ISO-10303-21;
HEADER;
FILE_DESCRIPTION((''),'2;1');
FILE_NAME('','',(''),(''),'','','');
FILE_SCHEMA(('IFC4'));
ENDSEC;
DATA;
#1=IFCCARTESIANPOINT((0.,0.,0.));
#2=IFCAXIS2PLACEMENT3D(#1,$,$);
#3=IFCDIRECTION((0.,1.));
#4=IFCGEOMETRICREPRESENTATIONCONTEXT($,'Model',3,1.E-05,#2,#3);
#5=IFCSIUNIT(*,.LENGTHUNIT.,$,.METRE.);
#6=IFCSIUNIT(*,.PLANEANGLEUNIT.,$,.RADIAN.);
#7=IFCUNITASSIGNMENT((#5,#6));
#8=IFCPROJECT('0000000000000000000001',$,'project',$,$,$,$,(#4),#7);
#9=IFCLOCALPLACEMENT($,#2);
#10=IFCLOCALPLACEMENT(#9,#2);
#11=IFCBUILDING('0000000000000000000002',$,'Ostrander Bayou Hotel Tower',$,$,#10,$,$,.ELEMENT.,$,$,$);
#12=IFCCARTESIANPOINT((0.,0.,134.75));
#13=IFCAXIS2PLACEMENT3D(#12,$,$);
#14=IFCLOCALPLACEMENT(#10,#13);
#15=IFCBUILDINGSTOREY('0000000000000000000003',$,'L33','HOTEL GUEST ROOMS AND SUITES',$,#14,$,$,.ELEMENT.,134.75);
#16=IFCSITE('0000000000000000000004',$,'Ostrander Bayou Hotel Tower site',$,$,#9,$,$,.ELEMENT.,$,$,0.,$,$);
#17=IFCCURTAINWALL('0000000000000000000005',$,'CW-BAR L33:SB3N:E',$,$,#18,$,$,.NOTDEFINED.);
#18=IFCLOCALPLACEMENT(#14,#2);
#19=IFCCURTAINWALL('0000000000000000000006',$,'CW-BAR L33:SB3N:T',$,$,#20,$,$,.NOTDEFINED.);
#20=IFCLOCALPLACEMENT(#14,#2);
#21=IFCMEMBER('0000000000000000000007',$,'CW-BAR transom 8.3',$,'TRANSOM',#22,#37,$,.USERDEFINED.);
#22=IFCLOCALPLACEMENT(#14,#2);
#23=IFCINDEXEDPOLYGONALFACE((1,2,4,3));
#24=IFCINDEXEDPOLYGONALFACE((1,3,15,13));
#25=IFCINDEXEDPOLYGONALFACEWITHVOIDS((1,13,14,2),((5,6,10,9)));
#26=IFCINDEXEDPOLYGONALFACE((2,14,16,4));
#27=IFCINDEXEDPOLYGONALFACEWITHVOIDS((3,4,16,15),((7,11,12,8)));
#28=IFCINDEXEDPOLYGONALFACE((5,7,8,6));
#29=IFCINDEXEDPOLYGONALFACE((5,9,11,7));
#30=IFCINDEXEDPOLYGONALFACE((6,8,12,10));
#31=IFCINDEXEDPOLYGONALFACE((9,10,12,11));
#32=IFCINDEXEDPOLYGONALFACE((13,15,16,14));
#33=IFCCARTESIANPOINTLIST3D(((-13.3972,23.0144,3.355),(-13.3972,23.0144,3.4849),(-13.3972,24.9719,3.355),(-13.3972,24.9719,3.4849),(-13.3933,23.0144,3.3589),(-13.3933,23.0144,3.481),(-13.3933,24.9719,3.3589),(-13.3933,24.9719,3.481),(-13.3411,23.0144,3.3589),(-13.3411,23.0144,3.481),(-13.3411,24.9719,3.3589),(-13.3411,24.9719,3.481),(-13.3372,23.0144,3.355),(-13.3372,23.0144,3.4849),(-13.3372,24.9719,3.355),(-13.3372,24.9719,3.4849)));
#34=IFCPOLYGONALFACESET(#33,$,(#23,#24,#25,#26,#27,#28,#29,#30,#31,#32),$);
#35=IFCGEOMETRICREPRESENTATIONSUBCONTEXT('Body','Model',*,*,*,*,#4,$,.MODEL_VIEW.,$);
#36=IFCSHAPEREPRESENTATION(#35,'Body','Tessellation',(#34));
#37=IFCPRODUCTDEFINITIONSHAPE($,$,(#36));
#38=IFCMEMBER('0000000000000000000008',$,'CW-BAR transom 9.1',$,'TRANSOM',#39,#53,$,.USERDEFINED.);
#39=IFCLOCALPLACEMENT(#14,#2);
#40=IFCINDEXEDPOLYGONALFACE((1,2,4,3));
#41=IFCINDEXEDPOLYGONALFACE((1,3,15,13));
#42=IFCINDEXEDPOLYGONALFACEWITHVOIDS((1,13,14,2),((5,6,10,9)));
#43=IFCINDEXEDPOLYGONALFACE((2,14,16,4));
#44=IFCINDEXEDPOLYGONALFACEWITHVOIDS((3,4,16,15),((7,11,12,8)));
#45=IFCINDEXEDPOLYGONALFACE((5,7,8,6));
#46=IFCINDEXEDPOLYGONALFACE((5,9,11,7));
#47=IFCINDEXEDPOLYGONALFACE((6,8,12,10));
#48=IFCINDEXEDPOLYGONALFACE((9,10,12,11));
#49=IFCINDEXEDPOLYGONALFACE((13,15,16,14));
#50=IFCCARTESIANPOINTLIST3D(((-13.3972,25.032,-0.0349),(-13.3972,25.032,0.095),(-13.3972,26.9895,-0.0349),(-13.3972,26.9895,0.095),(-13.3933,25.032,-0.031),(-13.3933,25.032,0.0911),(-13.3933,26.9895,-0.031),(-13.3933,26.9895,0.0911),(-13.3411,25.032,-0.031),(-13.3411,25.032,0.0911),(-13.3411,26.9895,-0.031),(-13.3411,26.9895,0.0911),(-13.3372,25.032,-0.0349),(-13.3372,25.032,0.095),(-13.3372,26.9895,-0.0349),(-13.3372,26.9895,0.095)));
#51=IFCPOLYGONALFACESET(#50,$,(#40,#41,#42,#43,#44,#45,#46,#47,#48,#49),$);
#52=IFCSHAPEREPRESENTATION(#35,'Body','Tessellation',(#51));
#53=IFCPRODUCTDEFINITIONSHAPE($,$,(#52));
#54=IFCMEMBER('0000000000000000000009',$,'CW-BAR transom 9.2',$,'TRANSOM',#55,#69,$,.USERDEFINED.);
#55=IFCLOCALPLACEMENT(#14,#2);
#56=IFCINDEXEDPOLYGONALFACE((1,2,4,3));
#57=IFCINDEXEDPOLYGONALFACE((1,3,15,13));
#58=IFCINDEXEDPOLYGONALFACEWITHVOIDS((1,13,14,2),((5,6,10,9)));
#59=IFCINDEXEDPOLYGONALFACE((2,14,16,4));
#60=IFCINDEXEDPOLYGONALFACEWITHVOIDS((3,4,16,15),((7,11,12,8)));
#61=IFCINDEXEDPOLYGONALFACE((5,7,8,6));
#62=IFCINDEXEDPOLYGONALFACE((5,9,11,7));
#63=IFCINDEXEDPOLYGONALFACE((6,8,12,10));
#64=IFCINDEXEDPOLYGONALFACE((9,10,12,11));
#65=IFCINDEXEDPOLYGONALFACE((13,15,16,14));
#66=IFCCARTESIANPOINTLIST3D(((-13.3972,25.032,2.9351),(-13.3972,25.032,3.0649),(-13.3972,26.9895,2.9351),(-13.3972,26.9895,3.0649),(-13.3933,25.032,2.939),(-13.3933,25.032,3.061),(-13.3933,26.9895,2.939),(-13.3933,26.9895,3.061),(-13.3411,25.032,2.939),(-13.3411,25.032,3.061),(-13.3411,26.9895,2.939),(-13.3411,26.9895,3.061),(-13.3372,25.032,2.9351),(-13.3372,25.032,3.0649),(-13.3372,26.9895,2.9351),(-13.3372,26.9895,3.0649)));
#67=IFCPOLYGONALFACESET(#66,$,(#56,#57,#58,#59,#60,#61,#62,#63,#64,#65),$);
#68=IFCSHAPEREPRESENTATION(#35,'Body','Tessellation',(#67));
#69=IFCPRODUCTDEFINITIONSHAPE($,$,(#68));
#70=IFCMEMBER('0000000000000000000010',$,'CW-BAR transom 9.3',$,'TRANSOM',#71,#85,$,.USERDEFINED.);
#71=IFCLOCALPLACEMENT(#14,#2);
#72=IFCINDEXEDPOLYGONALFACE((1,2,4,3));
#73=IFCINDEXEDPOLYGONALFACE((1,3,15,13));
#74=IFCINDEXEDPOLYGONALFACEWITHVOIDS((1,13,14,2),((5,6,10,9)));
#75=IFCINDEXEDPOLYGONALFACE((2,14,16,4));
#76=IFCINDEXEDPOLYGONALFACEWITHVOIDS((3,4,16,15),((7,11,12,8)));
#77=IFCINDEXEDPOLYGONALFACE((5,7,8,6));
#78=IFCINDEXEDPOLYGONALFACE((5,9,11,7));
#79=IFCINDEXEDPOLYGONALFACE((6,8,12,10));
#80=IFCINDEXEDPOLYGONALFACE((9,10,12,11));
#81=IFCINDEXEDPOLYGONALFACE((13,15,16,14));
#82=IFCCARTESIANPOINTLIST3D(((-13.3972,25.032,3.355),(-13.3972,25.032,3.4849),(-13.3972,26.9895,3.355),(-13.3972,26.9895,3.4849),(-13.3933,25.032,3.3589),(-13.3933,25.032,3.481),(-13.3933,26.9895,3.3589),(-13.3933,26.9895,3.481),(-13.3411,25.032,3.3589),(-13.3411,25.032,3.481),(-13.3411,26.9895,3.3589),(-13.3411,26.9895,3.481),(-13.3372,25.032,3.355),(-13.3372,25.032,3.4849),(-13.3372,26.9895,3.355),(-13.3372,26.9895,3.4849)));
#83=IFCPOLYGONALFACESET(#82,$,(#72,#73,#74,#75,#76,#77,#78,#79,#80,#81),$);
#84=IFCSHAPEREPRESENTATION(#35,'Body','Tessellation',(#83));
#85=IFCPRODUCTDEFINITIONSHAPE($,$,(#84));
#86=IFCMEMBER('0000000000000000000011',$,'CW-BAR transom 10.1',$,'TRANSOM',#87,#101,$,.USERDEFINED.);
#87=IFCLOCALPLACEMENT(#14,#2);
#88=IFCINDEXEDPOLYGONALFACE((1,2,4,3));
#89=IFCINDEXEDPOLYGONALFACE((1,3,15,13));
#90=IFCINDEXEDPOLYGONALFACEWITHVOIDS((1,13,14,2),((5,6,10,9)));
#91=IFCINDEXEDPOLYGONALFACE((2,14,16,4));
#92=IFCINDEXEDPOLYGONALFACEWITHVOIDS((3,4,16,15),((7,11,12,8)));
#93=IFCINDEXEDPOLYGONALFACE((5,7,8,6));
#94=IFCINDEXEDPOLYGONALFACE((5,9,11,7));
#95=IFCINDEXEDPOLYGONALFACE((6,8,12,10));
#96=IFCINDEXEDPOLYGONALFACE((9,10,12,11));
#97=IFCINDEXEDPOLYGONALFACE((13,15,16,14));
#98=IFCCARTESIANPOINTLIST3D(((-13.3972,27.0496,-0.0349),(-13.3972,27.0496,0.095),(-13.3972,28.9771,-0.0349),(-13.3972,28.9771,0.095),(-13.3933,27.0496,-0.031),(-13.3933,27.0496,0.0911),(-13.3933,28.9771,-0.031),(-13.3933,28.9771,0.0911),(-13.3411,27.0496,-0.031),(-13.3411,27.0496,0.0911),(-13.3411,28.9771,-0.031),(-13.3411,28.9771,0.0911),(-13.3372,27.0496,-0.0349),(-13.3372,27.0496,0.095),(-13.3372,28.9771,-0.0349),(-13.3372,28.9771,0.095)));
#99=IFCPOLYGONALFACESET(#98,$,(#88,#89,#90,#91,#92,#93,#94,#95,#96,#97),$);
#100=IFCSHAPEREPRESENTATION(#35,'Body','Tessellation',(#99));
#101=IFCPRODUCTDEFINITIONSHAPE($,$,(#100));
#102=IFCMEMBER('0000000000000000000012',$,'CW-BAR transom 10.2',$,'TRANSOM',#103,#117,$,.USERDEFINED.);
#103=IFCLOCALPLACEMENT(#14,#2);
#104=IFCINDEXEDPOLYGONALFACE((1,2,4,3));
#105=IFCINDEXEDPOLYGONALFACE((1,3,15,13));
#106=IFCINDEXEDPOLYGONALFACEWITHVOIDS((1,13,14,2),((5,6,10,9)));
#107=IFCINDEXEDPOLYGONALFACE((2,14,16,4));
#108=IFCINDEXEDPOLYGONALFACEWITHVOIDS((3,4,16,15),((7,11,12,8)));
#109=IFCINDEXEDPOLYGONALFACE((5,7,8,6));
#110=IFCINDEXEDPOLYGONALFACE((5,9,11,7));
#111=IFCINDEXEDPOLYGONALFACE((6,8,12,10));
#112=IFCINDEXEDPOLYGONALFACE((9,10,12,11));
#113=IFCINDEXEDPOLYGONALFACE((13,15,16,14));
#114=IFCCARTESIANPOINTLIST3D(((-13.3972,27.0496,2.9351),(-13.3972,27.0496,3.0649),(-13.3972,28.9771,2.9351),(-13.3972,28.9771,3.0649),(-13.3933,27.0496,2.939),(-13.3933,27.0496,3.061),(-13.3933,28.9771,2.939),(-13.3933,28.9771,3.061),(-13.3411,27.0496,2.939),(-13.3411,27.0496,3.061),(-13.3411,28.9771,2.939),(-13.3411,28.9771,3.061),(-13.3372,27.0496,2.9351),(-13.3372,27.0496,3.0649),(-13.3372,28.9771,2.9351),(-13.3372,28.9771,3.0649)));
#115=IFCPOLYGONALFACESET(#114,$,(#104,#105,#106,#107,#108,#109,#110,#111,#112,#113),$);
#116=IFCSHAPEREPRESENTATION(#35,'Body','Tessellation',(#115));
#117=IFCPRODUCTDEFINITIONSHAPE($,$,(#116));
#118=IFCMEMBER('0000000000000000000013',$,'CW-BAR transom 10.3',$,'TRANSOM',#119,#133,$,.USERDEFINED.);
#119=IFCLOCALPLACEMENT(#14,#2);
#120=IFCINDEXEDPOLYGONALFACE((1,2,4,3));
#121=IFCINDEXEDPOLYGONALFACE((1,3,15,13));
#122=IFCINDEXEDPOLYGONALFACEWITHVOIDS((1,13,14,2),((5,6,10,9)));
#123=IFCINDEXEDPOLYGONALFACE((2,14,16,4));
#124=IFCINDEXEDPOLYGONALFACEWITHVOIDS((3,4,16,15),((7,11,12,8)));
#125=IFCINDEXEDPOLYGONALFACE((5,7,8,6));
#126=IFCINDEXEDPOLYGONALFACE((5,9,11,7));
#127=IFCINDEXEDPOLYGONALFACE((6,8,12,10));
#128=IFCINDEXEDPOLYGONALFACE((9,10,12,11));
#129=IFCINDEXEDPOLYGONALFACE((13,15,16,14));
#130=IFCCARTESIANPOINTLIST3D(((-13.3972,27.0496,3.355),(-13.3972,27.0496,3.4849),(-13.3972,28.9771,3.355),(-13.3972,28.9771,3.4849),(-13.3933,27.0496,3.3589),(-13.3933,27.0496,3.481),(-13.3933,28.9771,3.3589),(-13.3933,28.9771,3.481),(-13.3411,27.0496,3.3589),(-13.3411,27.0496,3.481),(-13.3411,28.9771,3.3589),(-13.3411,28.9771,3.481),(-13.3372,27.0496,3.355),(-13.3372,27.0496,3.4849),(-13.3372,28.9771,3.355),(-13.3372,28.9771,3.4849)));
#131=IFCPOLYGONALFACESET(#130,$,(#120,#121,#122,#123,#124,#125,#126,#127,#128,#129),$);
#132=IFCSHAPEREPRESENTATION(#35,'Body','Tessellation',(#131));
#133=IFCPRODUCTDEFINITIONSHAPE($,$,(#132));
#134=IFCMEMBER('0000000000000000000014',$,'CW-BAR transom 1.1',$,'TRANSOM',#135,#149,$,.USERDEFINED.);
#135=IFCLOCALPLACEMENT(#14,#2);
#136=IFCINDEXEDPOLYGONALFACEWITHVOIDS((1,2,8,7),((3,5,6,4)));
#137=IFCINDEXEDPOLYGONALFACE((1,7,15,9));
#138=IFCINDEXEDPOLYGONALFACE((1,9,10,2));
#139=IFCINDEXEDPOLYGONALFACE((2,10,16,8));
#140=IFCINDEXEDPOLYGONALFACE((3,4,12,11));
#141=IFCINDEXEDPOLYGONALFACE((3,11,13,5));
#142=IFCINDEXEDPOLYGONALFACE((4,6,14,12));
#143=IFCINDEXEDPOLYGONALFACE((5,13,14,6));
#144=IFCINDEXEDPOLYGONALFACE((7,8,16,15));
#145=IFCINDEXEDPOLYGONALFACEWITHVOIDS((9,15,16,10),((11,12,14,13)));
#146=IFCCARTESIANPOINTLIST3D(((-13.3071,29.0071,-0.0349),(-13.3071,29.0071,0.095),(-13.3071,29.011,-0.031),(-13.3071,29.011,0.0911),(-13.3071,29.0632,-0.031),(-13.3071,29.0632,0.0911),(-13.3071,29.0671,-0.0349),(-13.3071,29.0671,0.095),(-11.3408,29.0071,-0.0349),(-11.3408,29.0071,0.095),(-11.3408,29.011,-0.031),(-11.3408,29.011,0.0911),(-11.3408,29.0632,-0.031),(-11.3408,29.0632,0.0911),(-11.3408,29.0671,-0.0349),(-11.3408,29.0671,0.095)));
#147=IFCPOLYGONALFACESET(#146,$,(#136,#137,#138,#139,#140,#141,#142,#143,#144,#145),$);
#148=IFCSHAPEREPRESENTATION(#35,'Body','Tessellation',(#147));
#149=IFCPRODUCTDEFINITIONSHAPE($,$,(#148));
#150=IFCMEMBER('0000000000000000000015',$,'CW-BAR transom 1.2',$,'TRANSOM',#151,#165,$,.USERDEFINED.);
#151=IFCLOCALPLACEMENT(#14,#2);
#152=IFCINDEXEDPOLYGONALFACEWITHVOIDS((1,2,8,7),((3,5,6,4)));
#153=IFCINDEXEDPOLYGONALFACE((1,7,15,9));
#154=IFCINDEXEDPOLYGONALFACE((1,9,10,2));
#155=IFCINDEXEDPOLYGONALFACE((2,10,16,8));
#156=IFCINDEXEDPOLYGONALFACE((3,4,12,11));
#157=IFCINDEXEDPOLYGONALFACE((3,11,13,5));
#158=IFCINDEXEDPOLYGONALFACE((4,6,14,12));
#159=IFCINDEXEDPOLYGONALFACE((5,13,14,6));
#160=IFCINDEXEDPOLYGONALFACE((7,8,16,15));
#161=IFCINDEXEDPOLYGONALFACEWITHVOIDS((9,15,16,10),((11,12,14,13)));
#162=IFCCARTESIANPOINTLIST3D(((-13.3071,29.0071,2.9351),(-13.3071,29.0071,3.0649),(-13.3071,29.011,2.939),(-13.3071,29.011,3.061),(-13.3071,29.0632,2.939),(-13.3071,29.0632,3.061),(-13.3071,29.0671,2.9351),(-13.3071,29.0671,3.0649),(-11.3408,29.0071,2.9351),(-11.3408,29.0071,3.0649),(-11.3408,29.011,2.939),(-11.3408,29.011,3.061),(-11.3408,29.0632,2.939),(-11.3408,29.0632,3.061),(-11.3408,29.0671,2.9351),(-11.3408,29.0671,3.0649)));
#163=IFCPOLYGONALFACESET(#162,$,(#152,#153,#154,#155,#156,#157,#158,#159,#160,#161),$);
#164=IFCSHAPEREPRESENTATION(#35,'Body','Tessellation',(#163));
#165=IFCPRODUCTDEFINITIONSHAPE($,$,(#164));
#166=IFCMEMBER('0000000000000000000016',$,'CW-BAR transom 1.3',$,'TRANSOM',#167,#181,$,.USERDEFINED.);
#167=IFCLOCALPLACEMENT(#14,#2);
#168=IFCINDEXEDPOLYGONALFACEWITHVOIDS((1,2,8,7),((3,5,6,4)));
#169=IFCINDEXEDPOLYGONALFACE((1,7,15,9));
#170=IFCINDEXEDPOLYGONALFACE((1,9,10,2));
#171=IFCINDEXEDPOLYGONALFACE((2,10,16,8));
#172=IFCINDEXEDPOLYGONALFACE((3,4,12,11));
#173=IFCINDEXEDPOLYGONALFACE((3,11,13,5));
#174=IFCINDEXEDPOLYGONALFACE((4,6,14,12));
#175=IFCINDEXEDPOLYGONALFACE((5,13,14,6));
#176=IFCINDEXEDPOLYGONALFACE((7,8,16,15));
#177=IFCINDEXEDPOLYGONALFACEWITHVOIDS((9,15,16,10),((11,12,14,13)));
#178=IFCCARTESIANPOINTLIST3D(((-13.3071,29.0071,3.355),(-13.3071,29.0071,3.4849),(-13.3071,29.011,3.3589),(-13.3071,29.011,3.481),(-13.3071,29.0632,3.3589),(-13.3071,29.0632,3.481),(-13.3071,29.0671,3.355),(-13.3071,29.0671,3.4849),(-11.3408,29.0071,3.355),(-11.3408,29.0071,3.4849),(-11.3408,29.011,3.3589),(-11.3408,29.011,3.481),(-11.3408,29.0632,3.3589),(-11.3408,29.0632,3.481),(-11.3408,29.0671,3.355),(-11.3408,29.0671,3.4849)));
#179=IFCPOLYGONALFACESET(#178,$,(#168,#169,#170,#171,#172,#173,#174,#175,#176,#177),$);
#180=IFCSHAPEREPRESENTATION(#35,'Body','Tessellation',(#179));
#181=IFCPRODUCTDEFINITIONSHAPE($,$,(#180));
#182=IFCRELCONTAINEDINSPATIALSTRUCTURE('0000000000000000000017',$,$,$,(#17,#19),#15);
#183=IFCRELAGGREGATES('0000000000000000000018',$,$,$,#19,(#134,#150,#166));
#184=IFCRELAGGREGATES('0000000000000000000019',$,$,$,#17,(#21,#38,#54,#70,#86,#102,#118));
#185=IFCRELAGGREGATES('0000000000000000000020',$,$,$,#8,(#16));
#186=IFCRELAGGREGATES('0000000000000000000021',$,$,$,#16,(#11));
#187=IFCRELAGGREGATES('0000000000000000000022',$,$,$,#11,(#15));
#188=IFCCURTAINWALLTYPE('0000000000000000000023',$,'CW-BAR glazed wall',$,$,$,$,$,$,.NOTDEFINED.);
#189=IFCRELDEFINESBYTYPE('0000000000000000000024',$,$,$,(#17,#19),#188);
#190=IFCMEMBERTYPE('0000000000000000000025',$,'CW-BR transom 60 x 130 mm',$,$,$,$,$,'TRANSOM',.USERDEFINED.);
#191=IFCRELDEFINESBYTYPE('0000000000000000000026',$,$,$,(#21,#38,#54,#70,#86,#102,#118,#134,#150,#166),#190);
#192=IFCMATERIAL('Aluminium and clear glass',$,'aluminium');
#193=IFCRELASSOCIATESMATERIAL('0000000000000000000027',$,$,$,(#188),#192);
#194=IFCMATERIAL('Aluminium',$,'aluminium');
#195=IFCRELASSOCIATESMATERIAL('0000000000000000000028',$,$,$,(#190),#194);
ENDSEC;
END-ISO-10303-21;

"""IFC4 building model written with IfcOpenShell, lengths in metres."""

from ifc_helpers import new_model, si_unit, direction, frame, origin, origin_2d, place, context, subcontext, project, spatial, hollow_rectangle, extrude, material, material_profile, profile_set, type_object, element, aggregate, save


model = new_model("IFC4")

# Units and contexts
model_context = context("Model", 3, precision=1e-05, world=origin(), true_north=direction((0.0, 1.0)))
body_context = subcontext(model_context, "Body", "Model", "MODEL_VIEW")
ifc_project = project(units=[si_unit("LENGTHUNIT", "METRE"), si_unit("PLANEANGLEUNIT", "RADIAN")], contexts=[model_context])

# Site, building, storey
site_placement = place(None, origin())
site = spatial("IfcSite", under=ifc_project, at=site_placement, Name="Ostrander Bayou Hotel Tower site", CompositionType="ELEMENT", RefElevation=0.0)
building_placement = place(site_placement, origin())
building = spatial("IfcBuilding", under=site, at=building_placement, Name="Ostrander Bayou Hotel Tower", CompositionType="ELEMENT")
storey_placement = place(building_placement, frame((0.0, 0.0, 134.75)))
storey = spatial("IfcBuildingStorey", under=building, at=storey_placement, Name="L33", Description="HOTEL GUEST ROOMS AND SUITES", CompositionType="ELEMENT", Elevation=134.75)

# Curtain wall
ifc_material_1 = material(Name="Aluminium and clear glass", Category="aluminium")
curtain_wall_type = type_object("IfcCurtainWallType", Name="CW-BAR glazed wall", PredefinedType="NOTDEFINED", material=ifc_material_1)
curtain_wall_1_placement = place(storey_placement, origin())
curtain_wall_1 = element("IfcCurtainWall", 1, at=curtain_wall_1_placement, inside=storey, type_object=curtain_wall_type, Name="CW-BAR L33:SB3N:E", PredefinedType="NOTDEFINED")

# Curtain wall
curtain_wall_2_placement = place(storey_placement, origin())
curtain_wall_2 = element("IfcCurtainWall", 2, at=curtain_wall_2_placement, inside=storey, type_object=curtain_wall_type, Name="CW-BAR L33:SB3N:T", PredefinedType="NOTDEFINED")

# Members
ifc_material_2 = material(Name="Aluminium", Category="aluminium")
ifc_material_profile_1 = material_profile(ifc_material_2, hollow_rectangle(XDim=0.0601, YDim=0.1299, WallThickness=0.0039, at=origin_2d()))
ifc_profile_set_1 = profile_set([ifc_material_profile_1], Name="Aluminium")
member_type_1 = type_object("IfcMemberType", Name="CW-BR transom 60 x 130 mm", ElementType="TRANSOM", PredefinedType="USERDEFINED", material=ifc_profile_set_1)
member_1_placement = place(storey_placement, frame((-13.3672, 23.0144, 3.4199), z_axis=(0.0, 1.0, 0.0), x_axis=(-1.0, 0.0, 0.0)))
member_1 = element("IfcMember", 3, at=member_1_placement, type_object=member_type_1, Name="CW-BAR transom 8.3", ObjectType="TRANSOM", PredefinedType="USERDEFINED", context=body_context, shape_type="SweptSolid", body=[
    extrude(hollow_rectangle(XDim=0.0601, YDim=0.1299, WallThickness=0.0039, at=origin_2d()), origin(), (0.0, 0.0, 1.0), 1.9575),
])
member_2_placement = place(storey_placement, frame((-13.3672, 25.032, 0.03), z_axis=(0.0, 1.0, 0.0), x_axis=(-1.0, 0.0, 0.0)))
member_2 = element("IfcMember", 4, at=member_2_placement, type_object=member_type_1, Name="CW-BAR transom 9.1", ObjectType="TRANSOM", PredefinedType="USERDEFINED", context=body_context, shape_type="SweptSolid", body=[
    extrude(hollow_rectangle(XDim=0.0601, YDim=0.1299, WallThickness=0.0039, at=origin_2d()), origin(), (0.0, 0.0, 1.0), 1.9575),
])
member_3_placement = place(storey_placement, frame((-13.3672, 25.032, 3.0), z_axis=(0.0, 1.0, 0.0), x_axis=(-1.0, 0.0, 0.0)))
member_3 = element("IfcMember", 5, at=member_3_placement, type_object=member_type_1, Name="CW-BAR transom 9.2", ObjectType="TRANSOM", PredefinedType="USERDEFINED", context=body_context, shape_type="SweptSolid", body=[
    extrude(hollow_rectangle(XDim=0.0601, YDim=0.1299, WallThickness=0.0039, at=origin_2d()), origin(), (0.0, 0.0, 1.0), 1.9575),
])
member_4_placement = place(storey_placement, frame((-13.3672, 25.032, 3.4199), z_axis=(0.0, 1.0, 0.0), x_axis=(-1.0, 0.0, 0.0)))
member_4 = element("IfcMember", 6, at=member_4_placement, type_object=member_type_1, Name="CW-BAR transom 9.3", ObjectType="TRANSOM", PredefinedType="USERDEFINED", context=body_context, shape_type="SweptSolid", body=[
    extrude(hollow_rectangle(XDim=0.0601, YDim=0.1299, WallThickness=0.0039, at=origin_2d()), origin(), (0.0, 0.0, 1.0), 1.9575),
])
member_5_placement = place(storey_placement, frame((-13.3672, 27.0496, 0.03), z_axis=(0.0, 1.0, 0.0), x_axis=(-1.0, 0.0, 0.0)))
member_5 = element("IfcMember", 7, at=member_5_placement, type_object=member_type_1, Name="CW-BAR transom 10.1", ObjectType="TRANSOM", PredefinedType="USERDEFINED", context=body_context, shape_type="SweptSolid", body=[
    extrude(hollow_rectangle(XDim=0.0601, YDim=0.1299, WallThickness=0.0039, at=origin_2d()), origin(), (0.0, 0.0, 1.0), 1.9275),
])
member_6_placement = place(storey_placement, frame((-13.3672, 27.0496, 3.0), z_axis=(0.0, 1.0, 0.0), x_axis=(-1.0, 0.0, 0.0)))
member_6 = element("IfcMember", 8, at=member_6_placement, type_object=member_type_1, Name="CW-BAR transom 10.2", ObjectType="TRANSOM", PredefinedType="USERDEFINED", context=body_context, shape_type="SweptSolid", body=[
    extrude(hollow_rectangle(XDim=0.0601, YDim=0.1299, WallThickness=0.0039, at=origin_2d()), origin(), (0.0, 0.0, 1.0), 1.9275),
])
member_7_placement = place(storey_placement, frame((-13.3672, 27.0496, 3.4199), z_axis=(0.0, 1.0, 0.0), x_axis=(-1.0, 0.0, 0.0)))
member_7 = element("IfcMember", 9, at=member_7_placement, type_object=member_type_1, Name="CW-BAR transom 10.3", ObjectType="TRANSOM", PredefinedType="USERDEFINED", context=body_context, shape_type="SweptSolid", body=[
    extrude(hollow_rectangle(XDim=0.0601, YDim=0.1299, WallThickness=0.0039, at=origin_2d()), origin(), (0.0, 0.0, 1.0), 1.9275),
])
member_8_placement = place(storey_placement, frame((-13.3071, 29.0371, 0.03), z_axis=(1.0, 0.0, 0.0), x_axis=(0.0, 1.0, 0.0)))
member_8 = element("IfcMember", 10, at=member_8_placement, type_object=member_type_1, Name="CW-BAR transom 1.1", ObjectType="TRANSOM", PredefinedType="USERDEFINED", context=body_context, shape_type="SweptSolid", body=[
    extrude(hollow_rectangle(XDim=0.0601, YDim=0.1299, WallThickness=0.0039, at=origin_2d()), origin(), (0.0, 0.0, 1.0), 1.9663),
])
member_9_placement = place(storey_placement, frame((-13.3071, 29.0371, 3.0), z_axis=(1.0, 0.0, 0.0), x_axis=(0.0, 1.0, 0.0)))
member_9 = element("IfcMember", 11, at=member_9_placement, type_object=member_type_1, Name="CW-BAR transom 1.2", ObjectType="TRANSOM", PredefinedType="USERDEFINED", context=body_context, shape_type="SweptSolid", body=[
    extrude(hollow_rectangle(XDim=0.0601, YDim=0.1299, WallThickness=0.0039, at=origin_2d()), origin(), (0.0, 0.0, 1.0), 1.9663),
])
member_10_placement = place(storey_placement, frame((-13.3071, 29.0371, 3.4199), z_axis=(1.0, 0.0, 0.0), x_axis=(0.0, 1.0, 0.0)))
member_10 = element("IfcMember", 12, at=member_10_placement, type_object=member_type_1, Name="CW-BAR transom 1.3", ObjectType="TRANSOM", PredefinedType="USERDEFINED", context=body_context, shape_type="SweptSolid", body=[
    extrude(hollow_rectangle(XDim=0.0601, YDim=0.1299, WallThickness=0.0039, at=origin_2d()), origin(), (0.0, 0.0, 1.0), 1.9663),
])
aggregate(curtain_wall_2, [member_8, member_9, member_10])

aggregate(curtain_wall_1, [member_1, member_2, member_3, member_4, member_5, member_6, member_7])

save(model, "model.ifc")
